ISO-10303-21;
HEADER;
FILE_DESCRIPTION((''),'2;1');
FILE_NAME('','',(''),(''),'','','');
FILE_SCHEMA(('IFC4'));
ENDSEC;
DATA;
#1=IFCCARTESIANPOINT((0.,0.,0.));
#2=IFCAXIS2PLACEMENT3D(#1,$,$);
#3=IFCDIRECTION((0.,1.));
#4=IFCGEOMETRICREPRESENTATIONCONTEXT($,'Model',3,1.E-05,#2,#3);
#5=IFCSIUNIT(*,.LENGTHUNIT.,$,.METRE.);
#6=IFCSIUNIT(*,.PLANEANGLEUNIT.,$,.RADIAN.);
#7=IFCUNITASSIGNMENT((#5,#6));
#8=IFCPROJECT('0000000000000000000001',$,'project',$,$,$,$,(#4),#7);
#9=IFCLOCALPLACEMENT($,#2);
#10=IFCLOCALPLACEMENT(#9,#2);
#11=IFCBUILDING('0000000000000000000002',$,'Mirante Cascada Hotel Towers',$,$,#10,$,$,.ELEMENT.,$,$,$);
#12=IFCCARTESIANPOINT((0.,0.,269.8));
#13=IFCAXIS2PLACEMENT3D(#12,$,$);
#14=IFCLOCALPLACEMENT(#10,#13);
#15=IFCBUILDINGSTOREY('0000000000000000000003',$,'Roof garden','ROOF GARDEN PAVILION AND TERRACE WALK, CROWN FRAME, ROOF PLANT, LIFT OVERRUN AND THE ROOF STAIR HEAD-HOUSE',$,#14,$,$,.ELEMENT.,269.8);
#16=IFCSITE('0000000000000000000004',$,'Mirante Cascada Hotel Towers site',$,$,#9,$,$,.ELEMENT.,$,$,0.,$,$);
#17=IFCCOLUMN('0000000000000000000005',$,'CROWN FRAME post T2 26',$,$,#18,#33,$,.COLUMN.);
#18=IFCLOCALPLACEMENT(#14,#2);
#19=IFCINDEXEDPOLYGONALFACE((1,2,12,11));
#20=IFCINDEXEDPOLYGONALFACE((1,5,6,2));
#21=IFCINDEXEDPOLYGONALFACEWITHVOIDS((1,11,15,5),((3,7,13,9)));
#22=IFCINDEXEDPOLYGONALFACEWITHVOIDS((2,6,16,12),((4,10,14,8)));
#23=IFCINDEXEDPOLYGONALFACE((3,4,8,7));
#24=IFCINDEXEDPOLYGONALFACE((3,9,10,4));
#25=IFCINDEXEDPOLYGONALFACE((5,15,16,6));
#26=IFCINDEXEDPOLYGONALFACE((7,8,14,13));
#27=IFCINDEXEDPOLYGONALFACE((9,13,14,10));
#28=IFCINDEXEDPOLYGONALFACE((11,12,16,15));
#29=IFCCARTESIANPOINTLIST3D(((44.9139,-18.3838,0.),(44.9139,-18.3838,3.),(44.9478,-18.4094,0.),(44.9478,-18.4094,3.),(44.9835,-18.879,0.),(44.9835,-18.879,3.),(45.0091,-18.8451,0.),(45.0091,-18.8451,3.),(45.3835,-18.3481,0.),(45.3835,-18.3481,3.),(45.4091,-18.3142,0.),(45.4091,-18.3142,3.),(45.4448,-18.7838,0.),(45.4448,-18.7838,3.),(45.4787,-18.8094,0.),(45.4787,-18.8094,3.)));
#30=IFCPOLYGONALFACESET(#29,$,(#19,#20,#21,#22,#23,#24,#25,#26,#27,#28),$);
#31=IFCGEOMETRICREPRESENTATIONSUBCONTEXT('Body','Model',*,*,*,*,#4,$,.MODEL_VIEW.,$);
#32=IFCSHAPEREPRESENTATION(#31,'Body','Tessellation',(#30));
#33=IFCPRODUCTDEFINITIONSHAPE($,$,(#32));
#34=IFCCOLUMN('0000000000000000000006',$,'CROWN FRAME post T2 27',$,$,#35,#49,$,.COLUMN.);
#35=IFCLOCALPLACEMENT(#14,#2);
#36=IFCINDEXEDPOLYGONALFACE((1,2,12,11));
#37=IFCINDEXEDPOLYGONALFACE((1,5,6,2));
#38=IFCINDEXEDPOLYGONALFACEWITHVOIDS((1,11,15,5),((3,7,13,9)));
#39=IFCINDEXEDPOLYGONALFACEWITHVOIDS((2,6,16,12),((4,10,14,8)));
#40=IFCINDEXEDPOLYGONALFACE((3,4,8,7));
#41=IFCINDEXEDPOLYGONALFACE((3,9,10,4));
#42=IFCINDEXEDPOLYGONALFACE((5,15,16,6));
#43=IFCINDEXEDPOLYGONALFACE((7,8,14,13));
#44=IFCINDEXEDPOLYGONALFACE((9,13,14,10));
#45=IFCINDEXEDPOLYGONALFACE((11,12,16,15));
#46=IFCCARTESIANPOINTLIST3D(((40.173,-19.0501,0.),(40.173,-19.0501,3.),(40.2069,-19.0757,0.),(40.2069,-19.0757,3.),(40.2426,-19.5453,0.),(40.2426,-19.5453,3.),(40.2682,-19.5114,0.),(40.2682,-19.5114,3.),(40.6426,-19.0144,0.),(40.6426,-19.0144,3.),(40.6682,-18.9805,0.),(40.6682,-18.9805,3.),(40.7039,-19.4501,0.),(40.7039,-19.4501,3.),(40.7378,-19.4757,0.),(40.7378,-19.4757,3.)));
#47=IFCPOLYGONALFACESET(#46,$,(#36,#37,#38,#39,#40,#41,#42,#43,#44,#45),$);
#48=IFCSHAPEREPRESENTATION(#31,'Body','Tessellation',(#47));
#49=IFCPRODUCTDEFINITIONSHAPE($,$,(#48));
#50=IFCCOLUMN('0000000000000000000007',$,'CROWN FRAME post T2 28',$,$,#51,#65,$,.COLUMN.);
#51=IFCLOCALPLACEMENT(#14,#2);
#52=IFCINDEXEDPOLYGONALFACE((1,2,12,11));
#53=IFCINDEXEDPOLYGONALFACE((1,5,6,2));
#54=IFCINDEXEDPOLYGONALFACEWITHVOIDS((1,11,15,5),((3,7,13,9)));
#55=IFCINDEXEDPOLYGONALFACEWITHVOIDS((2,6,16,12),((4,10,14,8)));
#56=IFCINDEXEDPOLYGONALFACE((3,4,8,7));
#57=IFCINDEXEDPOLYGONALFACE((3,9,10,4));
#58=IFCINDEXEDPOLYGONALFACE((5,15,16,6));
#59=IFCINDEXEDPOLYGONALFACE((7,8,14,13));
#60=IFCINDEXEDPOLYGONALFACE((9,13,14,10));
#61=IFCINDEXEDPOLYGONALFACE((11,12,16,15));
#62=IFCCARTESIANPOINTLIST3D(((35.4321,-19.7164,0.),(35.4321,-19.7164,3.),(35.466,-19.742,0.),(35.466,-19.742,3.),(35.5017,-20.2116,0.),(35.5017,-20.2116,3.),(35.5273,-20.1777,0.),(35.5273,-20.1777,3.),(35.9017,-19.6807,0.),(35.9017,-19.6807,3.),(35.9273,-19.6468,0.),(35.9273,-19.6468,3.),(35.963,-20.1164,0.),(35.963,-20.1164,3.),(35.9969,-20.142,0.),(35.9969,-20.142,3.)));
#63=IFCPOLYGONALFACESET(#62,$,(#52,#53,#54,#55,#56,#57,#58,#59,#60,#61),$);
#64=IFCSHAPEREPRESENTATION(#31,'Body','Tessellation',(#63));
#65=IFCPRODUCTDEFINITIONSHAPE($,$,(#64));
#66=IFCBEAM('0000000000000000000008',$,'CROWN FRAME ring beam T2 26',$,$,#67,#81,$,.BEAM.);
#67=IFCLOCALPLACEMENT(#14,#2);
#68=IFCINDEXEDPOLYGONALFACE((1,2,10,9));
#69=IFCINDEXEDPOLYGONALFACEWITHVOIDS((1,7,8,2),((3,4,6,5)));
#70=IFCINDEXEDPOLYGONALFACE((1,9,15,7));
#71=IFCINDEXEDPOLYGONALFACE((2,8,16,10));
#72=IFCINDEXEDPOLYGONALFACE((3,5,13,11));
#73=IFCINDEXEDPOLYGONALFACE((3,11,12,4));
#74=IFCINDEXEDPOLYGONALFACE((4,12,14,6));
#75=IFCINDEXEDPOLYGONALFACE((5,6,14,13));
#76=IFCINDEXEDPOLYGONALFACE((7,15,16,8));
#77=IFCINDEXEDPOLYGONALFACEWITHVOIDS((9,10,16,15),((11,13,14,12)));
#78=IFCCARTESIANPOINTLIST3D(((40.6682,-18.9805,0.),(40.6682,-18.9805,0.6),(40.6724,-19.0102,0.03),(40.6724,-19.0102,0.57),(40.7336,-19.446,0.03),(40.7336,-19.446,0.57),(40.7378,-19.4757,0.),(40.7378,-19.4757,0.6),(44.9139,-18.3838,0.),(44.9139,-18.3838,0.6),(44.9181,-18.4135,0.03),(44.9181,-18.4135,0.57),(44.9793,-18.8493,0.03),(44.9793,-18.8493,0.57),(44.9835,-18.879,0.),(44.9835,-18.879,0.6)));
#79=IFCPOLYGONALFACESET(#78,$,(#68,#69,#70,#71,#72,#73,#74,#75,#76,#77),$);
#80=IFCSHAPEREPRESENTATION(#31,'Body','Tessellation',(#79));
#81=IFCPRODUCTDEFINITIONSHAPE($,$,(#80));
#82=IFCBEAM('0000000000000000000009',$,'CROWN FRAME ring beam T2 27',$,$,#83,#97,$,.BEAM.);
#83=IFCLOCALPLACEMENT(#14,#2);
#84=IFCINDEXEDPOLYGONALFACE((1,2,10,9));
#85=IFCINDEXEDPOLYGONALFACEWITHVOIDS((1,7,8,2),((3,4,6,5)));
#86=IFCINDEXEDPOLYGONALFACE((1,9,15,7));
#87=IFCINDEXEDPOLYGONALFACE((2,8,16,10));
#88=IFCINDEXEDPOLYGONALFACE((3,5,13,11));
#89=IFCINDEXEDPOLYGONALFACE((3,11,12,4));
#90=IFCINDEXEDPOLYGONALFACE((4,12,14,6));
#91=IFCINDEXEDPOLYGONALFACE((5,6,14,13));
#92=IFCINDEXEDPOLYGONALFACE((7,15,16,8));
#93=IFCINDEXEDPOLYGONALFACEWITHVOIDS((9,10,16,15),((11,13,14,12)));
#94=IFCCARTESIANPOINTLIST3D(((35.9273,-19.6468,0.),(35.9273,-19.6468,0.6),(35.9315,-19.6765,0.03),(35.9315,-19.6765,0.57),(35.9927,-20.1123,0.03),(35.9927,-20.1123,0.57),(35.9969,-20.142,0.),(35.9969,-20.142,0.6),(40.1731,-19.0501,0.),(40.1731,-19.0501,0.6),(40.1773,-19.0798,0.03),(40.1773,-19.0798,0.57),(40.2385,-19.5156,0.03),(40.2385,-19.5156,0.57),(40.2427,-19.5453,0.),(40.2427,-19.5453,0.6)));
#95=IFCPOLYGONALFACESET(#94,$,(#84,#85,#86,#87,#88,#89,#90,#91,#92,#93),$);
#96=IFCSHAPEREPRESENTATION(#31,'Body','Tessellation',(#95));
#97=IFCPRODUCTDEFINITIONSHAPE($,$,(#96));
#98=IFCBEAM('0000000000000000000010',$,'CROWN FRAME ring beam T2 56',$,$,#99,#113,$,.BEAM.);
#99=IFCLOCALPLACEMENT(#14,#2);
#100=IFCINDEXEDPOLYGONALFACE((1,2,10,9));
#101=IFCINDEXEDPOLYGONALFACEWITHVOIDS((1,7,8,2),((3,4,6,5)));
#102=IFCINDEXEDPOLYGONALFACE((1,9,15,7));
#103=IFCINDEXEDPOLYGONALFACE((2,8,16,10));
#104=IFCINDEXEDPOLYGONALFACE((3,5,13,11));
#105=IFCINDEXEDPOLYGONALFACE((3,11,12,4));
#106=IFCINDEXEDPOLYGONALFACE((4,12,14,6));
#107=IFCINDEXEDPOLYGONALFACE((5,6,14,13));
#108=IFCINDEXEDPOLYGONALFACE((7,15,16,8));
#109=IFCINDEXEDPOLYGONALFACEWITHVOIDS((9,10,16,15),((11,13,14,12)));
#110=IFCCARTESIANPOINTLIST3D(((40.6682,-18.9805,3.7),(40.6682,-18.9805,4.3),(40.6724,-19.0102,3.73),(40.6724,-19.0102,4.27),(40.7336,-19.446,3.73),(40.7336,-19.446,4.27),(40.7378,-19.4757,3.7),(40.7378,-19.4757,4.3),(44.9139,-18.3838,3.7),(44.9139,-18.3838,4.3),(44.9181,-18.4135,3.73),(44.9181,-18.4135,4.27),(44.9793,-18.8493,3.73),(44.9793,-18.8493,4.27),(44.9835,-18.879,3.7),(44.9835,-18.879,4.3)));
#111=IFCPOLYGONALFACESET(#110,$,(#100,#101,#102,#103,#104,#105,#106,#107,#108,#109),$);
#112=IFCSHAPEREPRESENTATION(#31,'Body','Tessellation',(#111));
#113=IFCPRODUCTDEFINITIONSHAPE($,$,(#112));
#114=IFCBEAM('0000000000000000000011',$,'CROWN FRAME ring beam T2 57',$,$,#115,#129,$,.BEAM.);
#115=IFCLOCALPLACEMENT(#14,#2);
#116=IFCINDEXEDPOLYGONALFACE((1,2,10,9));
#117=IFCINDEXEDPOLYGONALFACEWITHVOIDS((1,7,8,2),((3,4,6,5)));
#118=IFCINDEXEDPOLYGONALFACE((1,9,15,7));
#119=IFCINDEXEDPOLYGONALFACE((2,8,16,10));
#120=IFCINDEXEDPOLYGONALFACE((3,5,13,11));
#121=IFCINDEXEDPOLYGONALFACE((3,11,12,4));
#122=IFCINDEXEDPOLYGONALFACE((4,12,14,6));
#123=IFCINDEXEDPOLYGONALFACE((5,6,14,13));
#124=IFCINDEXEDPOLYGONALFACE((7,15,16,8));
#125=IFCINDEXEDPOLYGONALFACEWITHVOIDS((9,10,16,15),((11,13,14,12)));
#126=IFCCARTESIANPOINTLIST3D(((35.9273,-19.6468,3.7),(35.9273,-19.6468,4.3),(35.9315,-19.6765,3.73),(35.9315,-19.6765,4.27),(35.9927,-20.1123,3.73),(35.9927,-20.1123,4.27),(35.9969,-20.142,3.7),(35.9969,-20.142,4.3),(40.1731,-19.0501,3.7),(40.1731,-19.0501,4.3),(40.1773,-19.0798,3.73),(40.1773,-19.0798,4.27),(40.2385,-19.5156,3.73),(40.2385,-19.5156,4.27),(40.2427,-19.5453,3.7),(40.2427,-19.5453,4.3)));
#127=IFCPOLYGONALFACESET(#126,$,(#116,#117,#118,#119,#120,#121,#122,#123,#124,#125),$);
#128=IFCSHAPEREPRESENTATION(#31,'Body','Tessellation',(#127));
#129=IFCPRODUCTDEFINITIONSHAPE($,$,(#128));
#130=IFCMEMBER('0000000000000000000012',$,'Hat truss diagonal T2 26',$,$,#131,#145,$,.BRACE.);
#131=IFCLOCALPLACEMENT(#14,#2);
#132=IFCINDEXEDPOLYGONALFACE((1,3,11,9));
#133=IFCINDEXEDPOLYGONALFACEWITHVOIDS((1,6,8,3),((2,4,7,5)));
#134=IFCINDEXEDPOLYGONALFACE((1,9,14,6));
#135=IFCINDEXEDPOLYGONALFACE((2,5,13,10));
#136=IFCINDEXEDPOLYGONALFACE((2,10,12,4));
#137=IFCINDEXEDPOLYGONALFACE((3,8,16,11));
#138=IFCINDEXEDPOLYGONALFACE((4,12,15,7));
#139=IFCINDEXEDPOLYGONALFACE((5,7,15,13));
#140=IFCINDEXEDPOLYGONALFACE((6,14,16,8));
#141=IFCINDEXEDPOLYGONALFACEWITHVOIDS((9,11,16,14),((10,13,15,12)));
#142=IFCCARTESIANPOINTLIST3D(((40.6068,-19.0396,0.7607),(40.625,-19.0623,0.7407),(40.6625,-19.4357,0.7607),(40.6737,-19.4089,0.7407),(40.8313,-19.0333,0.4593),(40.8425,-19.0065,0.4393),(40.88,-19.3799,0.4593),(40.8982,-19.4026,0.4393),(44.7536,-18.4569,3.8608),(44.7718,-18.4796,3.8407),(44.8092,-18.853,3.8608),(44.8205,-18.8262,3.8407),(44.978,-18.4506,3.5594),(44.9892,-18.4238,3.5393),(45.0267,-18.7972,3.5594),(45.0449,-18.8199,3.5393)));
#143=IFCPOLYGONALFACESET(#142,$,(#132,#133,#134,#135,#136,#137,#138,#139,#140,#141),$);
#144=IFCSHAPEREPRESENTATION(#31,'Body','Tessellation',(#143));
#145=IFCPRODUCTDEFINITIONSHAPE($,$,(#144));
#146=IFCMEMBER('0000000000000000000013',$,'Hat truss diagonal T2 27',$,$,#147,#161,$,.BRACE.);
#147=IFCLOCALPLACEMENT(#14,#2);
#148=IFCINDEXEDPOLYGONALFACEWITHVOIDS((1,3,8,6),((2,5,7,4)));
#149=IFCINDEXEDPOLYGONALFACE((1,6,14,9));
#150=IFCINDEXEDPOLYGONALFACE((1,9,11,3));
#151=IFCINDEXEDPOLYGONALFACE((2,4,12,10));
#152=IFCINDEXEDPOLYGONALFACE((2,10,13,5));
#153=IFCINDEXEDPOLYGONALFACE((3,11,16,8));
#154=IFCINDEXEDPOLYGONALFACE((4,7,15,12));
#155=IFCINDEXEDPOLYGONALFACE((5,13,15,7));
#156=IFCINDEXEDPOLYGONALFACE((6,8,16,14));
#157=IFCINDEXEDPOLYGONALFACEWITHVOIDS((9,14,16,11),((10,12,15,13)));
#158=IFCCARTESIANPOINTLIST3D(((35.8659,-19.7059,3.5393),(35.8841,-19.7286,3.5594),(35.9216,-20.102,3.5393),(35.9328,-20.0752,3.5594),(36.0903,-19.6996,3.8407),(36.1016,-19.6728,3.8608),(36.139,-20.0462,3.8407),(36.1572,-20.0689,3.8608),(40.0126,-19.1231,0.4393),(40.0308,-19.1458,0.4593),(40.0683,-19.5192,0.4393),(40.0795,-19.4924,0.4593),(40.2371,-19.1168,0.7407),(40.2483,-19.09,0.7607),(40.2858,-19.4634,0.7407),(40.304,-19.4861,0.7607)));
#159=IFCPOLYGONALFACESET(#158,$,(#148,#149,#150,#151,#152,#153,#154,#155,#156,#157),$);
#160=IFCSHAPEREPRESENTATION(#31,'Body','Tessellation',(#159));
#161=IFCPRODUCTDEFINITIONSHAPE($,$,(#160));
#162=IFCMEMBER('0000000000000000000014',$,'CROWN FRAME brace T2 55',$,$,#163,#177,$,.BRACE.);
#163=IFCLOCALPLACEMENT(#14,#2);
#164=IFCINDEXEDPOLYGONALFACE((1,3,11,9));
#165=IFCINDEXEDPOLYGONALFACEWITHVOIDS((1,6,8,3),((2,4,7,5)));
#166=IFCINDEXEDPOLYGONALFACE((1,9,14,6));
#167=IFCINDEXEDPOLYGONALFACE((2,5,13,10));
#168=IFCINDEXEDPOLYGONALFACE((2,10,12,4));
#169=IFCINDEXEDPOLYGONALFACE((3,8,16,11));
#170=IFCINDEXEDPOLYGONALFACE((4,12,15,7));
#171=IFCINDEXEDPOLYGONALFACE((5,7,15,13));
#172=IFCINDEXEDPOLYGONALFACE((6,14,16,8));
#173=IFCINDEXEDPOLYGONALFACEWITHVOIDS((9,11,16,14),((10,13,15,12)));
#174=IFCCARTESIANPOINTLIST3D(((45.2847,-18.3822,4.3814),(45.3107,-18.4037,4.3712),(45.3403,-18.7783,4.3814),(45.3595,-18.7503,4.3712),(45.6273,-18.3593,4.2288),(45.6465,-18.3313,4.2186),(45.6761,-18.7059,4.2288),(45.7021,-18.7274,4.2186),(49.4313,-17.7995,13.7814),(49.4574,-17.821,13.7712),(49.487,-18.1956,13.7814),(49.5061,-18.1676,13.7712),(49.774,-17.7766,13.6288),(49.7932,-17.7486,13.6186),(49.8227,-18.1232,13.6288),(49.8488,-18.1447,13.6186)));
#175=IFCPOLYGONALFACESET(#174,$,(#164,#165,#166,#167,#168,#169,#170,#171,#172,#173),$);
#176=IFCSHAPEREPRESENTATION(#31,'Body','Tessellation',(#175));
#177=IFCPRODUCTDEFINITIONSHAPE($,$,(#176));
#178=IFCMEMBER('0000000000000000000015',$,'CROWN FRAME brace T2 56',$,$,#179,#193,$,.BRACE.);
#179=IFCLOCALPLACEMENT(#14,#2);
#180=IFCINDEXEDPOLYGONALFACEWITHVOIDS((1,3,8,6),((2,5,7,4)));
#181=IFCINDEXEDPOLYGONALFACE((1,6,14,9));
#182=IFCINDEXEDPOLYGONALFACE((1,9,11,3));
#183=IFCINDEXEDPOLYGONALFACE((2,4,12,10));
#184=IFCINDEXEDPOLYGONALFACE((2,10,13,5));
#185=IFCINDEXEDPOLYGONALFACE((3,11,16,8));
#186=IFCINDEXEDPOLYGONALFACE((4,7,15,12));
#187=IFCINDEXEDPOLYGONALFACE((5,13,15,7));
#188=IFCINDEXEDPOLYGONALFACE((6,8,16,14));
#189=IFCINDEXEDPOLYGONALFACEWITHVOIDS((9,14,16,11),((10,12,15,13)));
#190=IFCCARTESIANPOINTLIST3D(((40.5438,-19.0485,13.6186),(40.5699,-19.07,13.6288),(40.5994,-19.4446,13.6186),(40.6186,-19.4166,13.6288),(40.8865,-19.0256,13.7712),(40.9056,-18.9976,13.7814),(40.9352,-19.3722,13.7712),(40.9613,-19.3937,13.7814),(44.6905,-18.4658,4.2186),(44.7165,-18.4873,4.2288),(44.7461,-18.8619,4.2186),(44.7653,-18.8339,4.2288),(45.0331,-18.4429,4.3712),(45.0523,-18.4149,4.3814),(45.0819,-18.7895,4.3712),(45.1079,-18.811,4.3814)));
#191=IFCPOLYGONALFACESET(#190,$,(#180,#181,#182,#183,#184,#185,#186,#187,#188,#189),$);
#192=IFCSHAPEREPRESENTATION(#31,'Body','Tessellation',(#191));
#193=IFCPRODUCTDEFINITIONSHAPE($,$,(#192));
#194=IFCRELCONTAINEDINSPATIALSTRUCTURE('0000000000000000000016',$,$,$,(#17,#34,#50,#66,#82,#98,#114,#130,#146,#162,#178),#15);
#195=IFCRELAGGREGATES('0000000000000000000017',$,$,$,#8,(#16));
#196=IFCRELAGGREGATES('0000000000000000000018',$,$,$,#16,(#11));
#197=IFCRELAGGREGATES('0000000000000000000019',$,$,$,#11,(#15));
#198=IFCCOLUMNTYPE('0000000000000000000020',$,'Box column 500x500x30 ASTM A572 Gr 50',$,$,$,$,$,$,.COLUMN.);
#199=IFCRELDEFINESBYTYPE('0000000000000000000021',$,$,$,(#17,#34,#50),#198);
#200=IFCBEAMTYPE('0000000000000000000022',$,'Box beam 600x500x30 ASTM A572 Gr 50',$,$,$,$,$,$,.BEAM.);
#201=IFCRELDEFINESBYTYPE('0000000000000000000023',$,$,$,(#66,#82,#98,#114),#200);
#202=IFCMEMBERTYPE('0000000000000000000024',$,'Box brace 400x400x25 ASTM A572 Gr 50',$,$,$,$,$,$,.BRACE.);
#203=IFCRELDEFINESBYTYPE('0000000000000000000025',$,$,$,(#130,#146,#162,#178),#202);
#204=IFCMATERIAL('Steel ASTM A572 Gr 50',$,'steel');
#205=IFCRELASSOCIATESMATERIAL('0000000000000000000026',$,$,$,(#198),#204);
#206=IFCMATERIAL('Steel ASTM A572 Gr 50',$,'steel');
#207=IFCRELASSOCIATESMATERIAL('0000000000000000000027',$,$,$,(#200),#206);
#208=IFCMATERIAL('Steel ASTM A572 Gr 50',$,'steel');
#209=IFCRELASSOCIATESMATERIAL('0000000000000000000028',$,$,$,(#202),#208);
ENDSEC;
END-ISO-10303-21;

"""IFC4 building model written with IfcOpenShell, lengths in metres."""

from ifc_helpers import new_model, si_unit, direction, frame, origin, origin_2d, place, context, subcontext, project, spatial, hollow_rectangle, extrude, material, material_profile, profile_set, type_object, element, save


model = new_model("IFC4")

# Units and contexts
model_context = context("Model", 3, precision=1e-05, world=origin(), true_north=direction((0.0, 1.0)))
body_context = subcontext(model_context, "Body", "Model", "MODEL_VIEW")
ifc_project = project(units=[si_unit("LENGTHUNIT", "METRE"), si_unit("PLANEANGLEUNIT", "RADIAN")], contexts=[model_context])

# Site, building, storey
site_placement = place(None, origin())
site = spatial("IfcSite", under=ifc_project, at=site_placement, Name="Mirante Cascada Hotel Towers site", CompositionType="ELEMENT", RefElevation=0.0)
building_placement = place(site_placement, origin())
building = spatial("IfcBuilding", under=site, at=building_placement, Name="Mirante Cascada Hotel Towers", CompositionType="ELEMENT")
storey_placement = place(building_placement, frame((0.0, 0.0, 269.8)))
storey = spatial("IfcBuildingStorey", under=building, at=storey_placement, Name="Roof garden", Description="ROOF GARDEN PAVILION AND TERRACE WALK, CROWN FRAME, ROOF PLANT, LIFT OVERRUN AND THE ROOF STAIR HEAD-HOUSE", CompositionType="ELEMENT", Elevation=269.8)

# Columns
ifc_material_1 = material(Name="Steel ASTM A572 Gr 50", Category="steel")
ifc_material_profile_1 = material_profile(ifc_material_1, hollow_rectangle(XDim=0.5, YDim=0.5, WallThickness=0.03, at=origin_2d()), Name="Box column 500x500x30 ASTM A572 Gr 50")
ifc_profile_set_1 = profile_set([ifc_material_profile_1], Name="Steel ASTM A572 Gr 50")
column_type = type_object("IfcColumnType", Name="Box column 500x500x30 ASTM A572 Gr 50", PredefinedType="COLUMN", material=ifc_profile_set_1)
for number, where, z_axis, x_axis, name in (
    (1, (45.1963, -18.5966, 0.0), (0.0, 0.0, 1.0), (0.990268, 0.139173, 0.0), "CROWN FRAME post T2 26"),
    (2, (40.4554, -19.2629, 0.0), (0.0, 0.0, 1.0), (0.990268, 0.139173, 0.0), "CROWN FRAME post T2 27"),
    (3, (35.7145, -19.9292, 0.0), (0.0, 0.0, 1.0), (0.990268, 0.139173, 0.0), "CROWN FRAME post T2 28"),
):
    element("IfcColumn", number, at=place(storey_placement, frame(where, z_axis=z_axis, x_axis=x_axis)), inside=storey, type_object=column_type, Name=name, PredefinedType="COLUMN", context=body_context, shape_type="SweptSolid", body=[
        extrude(hollow_rectangle(XDim=0.5, YDim=0.5, WallThickness=0.03, at=origin_2d()), origin(), (0.0, 0.0, 1.0), 3.0),
    ])

# Beams
ifc_material_2 = material(Name="Steel ASTM A572 Gr 50", Category="steel")
ifc_material_profile_2 = material_profile(ifc_material_2, hollow_rectangle(XDim=0.5, YDim=0.6, WallThickness=0.03, at=origin_2d()), Name="Box beam 600x500x30 ASTM A572 Gr 50")
ifc_profile_set_2 = profile_set([ifc_material_profile_2], Name="Steel ASTM A572 Gr 50")
beam_type = type_object("IfcBeamType", Name="Box beam 600x500x30 ASTM A572 Gr 50", PredefinedType="BEAM", material=ifc_profile_set_2)
beam_1_placement = place(storey_placement, frame((44.9487, -18.6314, 0.3), z_axis=(-0.990268, -0.139174, 0.0), x_axis=(0.139174, -0.990268, 0.0)))
element("IfcBeam", 4, at=beam_1_placement, inside=storey, type_object=beam_type, Name="CROWN FRAME ring beam T2 26", PredefinedType="BEAM", context=body_context, shape_type="SweptSolid", body=[
    extrude(hollow_rectangle(XDim=0.5, YDim=0.6, WallThickness=0.03, at=origin_2d()), origin(), (0.0, 0.0, 1.0), 4.2874),
])
beam_2_placement = place(storey_placement, frame((40.2079, -19.2977, 0.3), z_axis=(-0.990268, -0.139171, 0.0), x_axis=(0.139171, -0.990268, 0.0)))
element("IfcBeam", 5, at=beam_2_placement, inside=storey, type_object=beam_type, Name="CROWN FRAME ring beam T2 27", PredefinedType="BEAM", context=body_context, shape_type="SweptSolid", body=[
    extrude(hollow_rectangle(XDim=0.5, YDim=0.6, WallThickness=0.03, at=origin_2d()), origin(), (0.0, 0.0, 1.0), 4.2875),
])
beam_3_placement = place(storey_placement, frame((44.9487, -18.6314, 4.0), z_axis=(-0.990268, -0.139174, 0.0), x_axis=(0.139174, -0.990268, 0.0)))
element("IfcBeam", 6, at=beam_3_placement, inside=storey, type_object=beam_type, Name="CROWN FRAME ring beam T2 56", PredefinedType="BEAM", context=body_context, shape_type="SweptSolid", body=[
    extrude(hollow_rectangle(XDim=0.5, YDim=0.6, WallThickness=0.03, at=origin_2d()), origin(), (0.0, 0.0, 1.0), 4.2874),
])
beam_4_placement = place(storey_placement, frame((40.2079, -19.2977, 4.0), z_axis=(-0.990268, -0.139171, 0.0), x_axis=(0.139171, -0.990268, 0.0)))
element("IfcBeam", 7, at=beam_4_placement, inside=storey, type_object=beam_type, Name="CROWN FRAME ring beam T2 57", PredefinedType="BEAM", context=body_context, shape_type="SweptSolid", body=[
    extrude(hollow_rectangle(XDim=0.5, YDim=0.6, WallThickness=0.03, at=origin_2d()), origin(), (0.0, 0.0, 1.0), 4.2875),
])

# Members
ifc_material_3 = material(Name="Steel ASTM A572 Gr 50", Category="steel")
ifc_material_profile_3 = material_profile(ifc_material_3, hollow_rectangle(XDim=0.4, YDim=0.4, WallThickness=0.025, at=origin_2d()), Name="Box brace 400x400x25 ASTM A572 Gr 50")
ifc_profile_set_3 = profile_set([ifc_material_profile_3], Name="Steel ASTM A572 Gr 50")
member_type = type_object("IfcMemberType", Name="Box brace 400x400x25 ASTM A572 Gr 50", PredefinedType="BRACE", material=ifc_profile_set_3)
for number, where, z_axis, x_axis, name in (
    (8, (40.7525, -19.2211, 0.6), (0.795903, 0.111841, 0.595004), (-0.139154, 0.990271, 0.0), "Hat truss diagonal T2 26"),
    (9, (40.1583, -19.3046, 0.6), (-0.795902, -0.11186, 0.595002), (0.139178, -0.990267, 0.0), "Hat truss diagonal T2 27"),
):
    element("IfcMember", number, at=place(storey_placement, frame(where, z_axis=z_axis, x_axis=x_axis)), inside=storey, type_object=member_type, Name=name, PredefinedType="BRACE", context=body_context, shape_type="SweptSolid", body=[
        extrude(hollow_rectangle(XDim=0.4, YDim=0.4, WallThickness=0.025, at=origin_2d()), origin(), (0.0, 0.0, 1.0), 5.2101),
    ])
for number, where, z_axis, x_axis, name in (
    (10, (45.4934, -18.5548, 4.3), (0.402963, 0.056625, 0.913463), (-0.139154, 0.990271, 0.0), "CROWN FRAME brace T2 55"),
    (11, (44.8992, -18.6384, 4.3), (-0.402963, -0.056625, 0.913463), (0.139154, -0.990271, 0.0), "CROWN FRAME brace T2 56"),
):
    element("IfcMember", number, at=place(storey_placement, frame(where, z_axis=z_axis, x_axis=x_axis)), inside=storey, type_object=member_type, Name=name, PredefinedType="BRACE", context=body_context, shape_type="SweptSolid", body=[
        extrude(hollow_rectangle(XDim=0.4, YDim=0.4, WallThickness=0.025, at=origin_2d()), origin(), (0.0, 0.0, 1.0), 10.2905),
    ])

save(model, "model.ifc")
